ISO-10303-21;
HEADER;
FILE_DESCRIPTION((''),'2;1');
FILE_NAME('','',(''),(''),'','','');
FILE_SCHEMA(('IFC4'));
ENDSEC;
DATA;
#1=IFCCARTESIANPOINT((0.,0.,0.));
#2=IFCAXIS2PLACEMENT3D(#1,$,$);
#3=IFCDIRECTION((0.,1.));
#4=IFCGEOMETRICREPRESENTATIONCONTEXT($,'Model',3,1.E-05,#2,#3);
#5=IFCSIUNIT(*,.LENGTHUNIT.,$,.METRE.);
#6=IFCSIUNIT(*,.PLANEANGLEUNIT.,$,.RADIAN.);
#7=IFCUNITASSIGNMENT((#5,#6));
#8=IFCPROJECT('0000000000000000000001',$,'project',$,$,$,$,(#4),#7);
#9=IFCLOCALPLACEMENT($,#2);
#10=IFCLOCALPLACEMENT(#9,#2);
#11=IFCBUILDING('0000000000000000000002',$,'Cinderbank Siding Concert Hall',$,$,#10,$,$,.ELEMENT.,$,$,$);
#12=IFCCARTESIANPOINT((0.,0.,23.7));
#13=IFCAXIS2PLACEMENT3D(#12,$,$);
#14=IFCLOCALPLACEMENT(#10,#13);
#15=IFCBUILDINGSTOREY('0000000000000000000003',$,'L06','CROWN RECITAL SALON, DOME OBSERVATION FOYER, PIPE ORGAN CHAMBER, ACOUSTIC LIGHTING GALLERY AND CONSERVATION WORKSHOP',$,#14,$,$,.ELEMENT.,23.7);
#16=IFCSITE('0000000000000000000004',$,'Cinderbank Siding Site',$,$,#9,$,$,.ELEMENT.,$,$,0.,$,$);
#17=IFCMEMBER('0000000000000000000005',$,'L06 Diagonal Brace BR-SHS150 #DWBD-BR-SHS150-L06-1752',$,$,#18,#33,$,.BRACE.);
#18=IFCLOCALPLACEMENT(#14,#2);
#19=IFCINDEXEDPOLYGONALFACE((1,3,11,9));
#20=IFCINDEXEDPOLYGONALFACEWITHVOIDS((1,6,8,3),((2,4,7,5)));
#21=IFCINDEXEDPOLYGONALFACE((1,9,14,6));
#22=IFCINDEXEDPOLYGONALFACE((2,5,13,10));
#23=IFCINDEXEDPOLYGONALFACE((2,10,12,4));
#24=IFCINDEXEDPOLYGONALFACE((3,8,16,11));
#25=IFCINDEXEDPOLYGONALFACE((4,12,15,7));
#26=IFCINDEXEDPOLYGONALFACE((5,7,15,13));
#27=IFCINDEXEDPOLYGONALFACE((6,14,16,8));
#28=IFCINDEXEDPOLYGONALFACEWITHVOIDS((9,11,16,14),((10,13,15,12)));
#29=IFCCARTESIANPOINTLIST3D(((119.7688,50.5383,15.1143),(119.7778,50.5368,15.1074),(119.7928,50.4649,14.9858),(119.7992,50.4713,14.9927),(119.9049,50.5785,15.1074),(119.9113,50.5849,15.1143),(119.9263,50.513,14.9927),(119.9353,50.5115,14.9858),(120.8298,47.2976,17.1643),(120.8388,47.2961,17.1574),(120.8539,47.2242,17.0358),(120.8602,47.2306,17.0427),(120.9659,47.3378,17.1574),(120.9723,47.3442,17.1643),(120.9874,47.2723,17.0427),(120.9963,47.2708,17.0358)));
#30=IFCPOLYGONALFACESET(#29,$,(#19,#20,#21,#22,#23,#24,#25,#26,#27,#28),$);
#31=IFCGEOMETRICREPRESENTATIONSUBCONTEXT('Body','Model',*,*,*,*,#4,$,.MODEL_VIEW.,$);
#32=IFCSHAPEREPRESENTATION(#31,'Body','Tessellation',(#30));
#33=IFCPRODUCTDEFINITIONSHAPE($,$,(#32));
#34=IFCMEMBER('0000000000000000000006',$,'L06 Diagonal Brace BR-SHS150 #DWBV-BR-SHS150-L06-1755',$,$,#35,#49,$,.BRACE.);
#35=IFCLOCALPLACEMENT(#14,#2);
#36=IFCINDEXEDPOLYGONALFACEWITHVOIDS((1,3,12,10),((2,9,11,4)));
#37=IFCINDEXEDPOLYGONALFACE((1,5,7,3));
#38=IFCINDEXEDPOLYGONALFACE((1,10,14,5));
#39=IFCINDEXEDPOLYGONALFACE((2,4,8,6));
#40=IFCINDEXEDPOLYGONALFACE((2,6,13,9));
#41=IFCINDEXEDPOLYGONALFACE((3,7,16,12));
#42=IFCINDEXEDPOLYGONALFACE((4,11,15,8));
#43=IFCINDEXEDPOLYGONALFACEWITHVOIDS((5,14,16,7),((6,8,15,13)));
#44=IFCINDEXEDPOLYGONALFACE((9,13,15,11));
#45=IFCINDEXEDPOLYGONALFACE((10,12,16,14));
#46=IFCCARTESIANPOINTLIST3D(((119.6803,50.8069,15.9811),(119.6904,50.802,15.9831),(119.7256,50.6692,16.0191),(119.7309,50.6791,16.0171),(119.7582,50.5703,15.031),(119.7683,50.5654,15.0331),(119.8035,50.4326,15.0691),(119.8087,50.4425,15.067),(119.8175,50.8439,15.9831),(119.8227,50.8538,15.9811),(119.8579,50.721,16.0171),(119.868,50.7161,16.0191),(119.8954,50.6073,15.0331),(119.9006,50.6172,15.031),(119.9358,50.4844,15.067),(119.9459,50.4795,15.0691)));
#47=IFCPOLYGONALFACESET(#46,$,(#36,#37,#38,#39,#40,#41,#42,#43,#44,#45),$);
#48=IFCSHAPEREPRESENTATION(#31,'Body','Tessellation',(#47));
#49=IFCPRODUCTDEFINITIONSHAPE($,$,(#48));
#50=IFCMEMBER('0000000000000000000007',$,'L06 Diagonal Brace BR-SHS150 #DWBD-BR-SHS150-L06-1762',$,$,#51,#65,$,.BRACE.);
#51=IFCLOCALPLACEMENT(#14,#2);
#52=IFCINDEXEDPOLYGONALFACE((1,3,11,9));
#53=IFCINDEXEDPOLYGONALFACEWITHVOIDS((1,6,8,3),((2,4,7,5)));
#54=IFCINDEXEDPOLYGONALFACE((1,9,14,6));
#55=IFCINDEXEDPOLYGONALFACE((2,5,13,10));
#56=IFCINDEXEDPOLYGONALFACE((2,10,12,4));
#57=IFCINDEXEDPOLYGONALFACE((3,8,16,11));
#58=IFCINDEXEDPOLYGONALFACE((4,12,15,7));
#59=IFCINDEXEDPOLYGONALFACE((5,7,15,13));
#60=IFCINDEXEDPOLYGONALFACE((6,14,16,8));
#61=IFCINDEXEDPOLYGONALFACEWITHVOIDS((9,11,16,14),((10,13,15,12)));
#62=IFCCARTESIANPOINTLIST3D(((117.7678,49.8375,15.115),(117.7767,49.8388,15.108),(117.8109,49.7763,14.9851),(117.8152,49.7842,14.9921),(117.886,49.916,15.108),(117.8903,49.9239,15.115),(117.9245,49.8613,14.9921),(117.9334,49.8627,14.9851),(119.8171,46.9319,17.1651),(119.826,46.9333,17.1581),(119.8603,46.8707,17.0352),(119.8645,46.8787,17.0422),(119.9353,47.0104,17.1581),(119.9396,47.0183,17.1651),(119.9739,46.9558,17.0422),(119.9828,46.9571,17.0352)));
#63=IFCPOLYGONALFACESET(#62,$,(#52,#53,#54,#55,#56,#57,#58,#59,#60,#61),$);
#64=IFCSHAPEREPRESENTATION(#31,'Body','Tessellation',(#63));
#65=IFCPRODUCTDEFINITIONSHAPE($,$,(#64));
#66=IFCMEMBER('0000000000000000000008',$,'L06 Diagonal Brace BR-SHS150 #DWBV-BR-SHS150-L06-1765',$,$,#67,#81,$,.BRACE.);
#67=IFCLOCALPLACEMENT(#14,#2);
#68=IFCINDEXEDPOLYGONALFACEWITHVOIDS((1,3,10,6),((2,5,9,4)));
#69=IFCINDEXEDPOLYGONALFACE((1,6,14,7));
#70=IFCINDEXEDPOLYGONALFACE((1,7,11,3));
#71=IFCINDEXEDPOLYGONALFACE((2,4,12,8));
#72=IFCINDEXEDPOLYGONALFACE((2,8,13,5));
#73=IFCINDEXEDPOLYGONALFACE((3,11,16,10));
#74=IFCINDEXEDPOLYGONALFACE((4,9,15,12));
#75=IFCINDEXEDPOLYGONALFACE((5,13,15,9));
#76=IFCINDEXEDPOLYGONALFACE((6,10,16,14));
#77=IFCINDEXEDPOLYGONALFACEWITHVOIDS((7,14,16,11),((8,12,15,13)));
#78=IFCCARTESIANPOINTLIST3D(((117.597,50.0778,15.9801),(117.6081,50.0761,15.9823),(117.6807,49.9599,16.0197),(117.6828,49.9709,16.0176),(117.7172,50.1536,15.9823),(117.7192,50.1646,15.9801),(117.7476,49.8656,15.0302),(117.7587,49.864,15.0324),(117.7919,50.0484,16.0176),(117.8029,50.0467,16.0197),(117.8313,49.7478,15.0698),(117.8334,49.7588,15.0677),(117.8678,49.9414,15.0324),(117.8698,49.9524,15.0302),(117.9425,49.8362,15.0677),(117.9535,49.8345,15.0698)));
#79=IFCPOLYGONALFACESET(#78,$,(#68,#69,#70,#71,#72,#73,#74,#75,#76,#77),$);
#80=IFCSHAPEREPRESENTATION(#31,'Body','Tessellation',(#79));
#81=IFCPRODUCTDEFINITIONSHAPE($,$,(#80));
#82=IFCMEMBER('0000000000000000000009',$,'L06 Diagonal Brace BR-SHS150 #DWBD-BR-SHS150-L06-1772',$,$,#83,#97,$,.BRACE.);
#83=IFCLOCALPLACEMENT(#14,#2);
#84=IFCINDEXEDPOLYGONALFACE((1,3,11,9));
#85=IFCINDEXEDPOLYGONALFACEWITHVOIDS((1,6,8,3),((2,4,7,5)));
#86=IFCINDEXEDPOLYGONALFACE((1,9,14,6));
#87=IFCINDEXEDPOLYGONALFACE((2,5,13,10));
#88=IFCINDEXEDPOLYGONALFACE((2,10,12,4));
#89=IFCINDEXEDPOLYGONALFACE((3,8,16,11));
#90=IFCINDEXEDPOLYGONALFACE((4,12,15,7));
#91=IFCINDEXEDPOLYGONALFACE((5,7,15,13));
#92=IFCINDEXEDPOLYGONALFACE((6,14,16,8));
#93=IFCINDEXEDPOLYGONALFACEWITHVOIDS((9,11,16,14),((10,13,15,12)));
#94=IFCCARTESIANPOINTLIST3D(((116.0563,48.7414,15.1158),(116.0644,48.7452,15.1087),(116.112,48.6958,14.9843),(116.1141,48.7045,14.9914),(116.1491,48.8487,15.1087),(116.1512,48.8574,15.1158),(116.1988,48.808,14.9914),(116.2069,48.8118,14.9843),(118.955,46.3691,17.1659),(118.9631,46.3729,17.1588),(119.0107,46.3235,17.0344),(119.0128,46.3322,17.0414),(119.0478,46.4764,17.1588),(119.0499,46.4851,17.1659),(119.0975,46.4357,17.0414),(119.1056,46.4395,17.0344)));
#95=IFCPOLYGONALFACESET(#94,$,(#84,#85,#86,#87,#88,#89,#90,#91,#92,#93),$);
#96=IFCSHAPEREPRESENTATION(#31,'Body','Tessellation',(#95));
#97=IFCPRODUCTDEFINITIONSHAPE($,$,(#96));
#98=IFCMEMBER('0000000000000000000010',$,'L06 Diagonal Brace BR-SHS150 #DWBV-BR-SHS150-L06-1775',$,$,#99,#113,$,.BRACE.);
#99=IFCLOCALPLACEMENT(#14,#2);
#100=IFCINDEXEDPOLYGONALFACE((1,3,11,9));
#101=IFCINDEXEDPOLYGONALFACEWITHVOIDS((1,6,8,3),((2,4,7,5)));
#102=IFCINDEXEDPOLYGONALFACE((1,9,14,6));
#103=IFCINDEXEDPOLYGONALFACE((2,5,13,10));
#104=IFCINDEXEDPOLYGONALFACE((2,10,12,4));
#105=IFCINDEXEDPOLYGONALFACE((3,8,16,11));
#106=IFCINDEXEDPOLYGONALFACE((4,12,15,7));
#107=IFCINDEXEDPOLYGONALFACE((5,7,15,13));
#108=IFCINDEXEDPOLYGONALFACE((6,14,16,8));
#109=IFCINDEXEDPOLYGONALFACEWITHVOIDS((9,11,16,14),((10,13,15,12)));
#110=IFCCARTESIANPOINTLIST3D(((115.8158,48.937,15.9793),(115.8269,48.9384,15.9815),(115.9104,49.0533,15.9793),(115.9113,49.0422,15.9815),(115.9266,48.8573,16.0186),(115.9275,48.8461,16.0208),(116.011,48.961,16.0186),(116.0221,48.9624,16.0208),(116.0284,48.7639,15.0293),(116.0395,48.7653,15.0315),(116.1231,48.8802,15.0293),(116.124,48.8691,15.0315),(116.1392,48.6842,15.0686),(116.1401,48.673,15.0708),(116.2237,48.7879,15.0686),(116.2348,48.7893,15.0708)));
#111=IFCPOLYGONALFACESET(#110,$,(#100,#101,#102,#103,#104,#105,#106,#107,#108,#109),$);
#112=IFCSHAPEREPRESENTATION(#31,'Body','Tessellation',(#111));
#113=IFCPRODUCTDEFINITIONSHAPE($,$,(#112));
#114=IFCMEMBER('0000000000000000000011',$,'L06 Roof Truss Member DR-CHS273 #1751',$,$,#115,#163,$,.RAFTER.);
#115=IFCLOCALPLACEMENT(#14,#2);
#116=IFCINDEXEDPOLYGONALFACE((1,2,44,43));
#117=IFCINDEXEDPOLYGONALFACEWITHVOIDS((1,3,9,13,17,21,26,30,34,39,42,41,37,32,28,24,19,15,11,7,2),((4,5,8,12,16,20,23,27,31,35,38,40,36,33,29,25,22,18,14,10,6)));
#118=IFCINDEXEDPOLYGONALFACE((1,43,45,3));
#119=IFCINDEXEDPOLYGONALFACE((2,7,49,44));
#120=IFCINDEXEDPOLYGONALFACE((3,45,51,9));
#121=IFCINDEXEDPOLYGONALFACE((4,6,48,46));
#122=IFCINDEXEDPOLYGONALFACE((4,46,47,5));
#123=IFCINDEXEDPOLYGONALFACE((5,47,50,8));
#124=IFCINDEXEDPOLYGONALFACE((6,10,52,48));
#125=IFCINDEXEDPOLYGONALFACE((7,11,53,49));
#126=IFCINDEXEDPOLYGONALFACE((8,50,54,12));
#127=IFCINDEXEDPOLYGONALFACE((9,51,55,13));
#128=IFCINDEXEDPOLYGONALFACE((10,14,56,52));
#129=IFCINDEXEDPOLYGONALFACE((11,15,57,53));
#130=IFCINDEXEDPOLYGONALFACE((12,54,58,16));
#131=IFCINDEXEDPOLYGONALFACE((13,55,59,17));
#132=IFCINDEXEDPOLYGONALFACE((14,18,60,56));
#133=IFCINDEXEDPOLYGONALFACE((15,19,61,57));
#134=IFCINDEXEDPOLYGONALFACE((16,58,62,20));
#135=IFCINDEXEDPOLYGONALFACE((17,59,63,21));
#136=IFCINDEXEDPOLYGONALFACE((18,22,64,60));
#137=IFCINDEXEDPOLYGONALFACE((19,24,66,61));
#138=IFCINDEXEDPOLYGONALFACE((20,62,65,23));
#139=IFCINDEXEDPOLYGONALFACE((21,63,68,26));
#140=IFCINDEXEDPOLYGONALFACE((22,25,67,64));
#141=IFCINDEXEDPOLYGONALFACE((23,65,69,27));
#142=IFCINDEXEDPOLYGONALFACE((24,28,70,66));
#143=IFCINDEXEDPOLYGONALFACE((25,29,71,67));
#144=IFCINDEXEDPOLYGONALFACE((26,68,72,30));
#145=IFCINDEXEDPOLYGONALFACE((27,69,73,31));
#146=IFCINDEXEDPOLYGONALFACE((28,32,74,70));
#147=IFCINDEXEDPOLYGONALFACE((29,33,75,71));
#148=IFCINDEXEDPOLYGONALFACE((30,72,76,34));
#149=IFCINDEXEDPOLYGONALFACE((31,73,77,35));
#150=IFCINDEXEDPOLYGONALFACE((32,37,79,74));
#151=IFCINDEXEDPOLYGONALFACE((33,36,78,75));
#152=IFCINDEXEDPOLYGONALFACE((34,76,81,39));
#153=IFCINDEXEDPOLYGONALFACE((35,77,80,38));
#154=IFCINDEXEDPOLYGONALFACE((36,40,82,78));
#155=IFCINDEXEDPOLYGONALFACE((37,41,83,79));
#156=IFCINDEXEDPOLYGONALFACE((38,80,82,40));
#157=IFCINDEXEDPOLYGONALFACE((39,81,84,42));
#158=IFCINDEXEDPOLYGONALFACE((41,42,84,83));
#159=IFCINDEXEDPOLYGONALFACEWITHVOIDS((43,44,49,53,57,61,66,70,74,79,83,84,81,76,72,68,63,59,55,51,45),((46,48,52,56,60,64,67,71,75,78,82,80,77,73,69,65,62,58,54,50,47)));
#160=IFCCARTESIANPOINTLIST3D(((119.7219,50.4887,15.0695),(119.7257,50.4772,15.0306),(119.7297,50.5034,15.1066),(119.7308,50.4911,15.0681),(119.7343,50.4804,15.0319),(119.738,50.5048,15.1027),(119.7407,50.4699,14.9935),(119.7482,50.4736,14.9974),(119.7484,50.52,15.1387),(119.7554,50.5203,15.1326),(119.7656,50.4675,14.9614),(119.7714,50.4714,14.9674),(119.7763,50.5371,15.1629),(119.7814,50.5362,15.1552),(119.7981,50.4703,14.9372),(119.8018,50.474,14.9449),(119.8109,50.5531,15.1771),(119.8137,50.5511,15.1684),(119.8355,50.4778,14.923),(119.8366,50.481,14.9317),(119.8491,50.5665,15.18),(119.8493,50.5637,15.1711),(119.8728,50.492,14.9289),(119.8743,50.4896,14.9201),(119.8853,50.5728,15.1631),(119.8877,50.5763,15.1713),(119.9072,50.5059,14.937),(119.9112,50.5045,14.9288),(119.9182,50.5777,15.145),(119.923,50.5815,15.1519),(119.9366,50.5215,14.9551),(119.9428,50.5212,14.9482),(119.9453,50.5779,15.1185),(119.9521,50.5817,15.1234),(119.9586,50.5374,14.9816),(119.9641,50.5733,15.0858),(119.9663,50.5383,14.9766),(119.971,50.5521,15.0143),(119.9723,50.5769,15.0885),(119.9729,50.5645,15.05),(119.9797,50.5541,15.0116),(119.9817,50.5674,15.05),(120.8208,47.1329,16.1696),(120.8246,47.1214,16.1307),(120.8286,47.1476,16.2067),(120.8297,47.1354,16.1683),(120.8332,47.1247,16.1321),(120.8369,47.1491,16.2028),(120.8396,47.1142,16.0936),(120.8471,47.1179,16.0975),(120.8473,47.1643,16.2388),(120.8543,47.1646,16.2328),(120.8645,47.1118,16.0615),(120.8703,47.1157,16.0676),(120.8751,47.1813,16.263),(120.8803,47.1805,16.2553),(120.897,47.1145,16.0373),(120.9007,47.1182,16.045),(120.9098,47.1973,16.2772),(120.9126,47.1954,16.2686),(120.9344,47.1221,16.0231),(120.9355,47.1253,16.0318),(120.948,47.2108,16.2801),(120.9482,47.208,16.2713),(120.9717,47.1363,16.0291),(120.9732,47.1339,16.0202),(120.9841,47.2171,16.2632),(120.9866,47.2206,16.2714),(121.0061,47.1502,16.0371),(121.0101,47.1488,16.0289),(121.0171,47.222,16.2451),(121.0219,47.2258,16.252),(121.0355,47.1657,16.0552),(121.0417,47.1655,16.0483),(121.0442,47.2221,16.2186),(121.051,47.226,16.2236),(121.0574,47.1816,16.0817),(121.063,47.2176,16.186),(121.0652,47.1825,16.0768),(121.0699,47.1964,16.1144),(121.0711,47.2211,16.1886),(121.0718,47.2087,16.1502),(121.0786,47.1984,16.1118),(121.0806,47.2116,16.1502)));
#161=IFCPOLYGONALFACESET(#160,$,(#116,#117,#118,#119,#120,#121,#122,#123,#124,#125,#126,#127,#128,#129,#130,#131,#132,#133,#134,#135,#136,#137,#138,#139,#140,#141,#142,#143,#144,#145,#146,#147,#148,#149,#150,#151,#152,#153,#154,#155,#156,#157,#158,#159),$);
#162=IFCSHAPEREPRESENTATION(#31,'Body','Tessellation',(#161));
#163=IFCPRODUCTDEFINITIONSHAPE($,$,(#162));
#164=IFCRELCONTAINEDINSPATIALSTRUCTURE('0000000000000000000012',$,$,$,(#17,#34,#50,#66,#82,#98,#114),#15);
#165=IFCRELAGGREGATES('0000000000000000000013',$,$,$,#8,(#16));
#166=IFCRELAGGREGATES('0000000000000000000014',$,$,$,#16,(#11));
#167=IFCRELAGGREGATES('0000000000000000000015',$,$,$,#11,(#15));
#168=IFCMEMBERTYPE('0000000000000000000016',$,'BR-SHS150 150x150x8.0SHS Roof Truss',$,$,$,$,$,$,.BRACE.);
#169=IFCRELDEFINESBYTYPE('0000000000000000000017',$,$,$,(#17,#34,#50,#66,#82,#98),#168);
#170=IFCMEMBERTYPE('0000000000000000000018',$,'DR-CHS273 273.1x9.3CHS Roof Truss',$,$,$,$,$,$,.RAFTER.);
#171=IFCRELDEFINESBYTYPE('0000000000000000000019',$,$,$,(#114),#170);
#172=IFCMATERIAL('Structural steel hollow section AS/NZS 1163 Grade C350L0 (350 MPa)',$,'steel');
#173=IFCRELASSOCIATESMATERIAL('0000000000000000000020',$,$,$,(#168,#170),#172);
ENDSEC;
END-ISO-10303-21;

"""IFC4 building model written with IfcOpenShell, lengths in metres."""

from ifc_helpers import new_model, si_unit, direction, frame, origin, origin_2d, place, context, subcontext, project, spatial, hollow_rectangle, hollow_circle, extrude, material, material_profile, profile_set, type_object, element, save


model = new_model("IFC4")

# Units and contexts
model_context = context("Model", 3, precision=1e-05, world=origin(), true_north=direction((0.0, 1.0)))
body_context = subcontext(model_context, "Body", "Model", "MODEL_VIEW")
ifc_project = project(units=[si_unit("LENGTHUNIT", "METRE"), si_unit("PLANEANGLEUNIT", "RADIAN")], contexts=[model_context])

# Site, building, storey
site_placement = place(None, origin())
site = spatial("IfcSite", under=ifc_project, at=site_placement, Name="Cinderbank Siding Site", CompositionType="ELEMENT", RefElevation=0.0)
building_placement = place(site_placement, origin())
building = spatial("IfcBuilding", under=site, at=building_placement, Name="Cinderbank Siding Concert Hall", CompositionType="ELEMENT")
storey_placement = place(building_placement, frame((0.0, 0.0, 23.7)))
storey = spatial("IfcBuildingStorey", under=building, at=storey_placement, Name="L06", Description="CROWN RECITAL SALON, DOME OBSERVATION FOYER, PIPE ORGAN CHAMBER, ACOUSTIC LIGHTING GALLERY AND CONSERVATION WORKSHOP", CompositionType="ELEMENT", Elevation=23.7)

# Members
ifc_material_1 = material(Name="Structural steel hollow section AS/NZS 1163 Grade C350L0 (350 MPa)", Category="steel")
ifc_material_profile_1 = material_profile(ifc_material_1, hollow_rectangle(XDim=0.1499, YDim=0.1499, WallThickness=0.0081, at=origin_2d()), Name="150x150x8.0SHS", Category="LoadBearing")
ifc_profile_set_1 = profile_set([ifc_material_profile_1], Name="Structural steel hollow section AS/NZS 1163 Grade C350L0 (350 MPa)")
member_type_1 = type_object("IfcMemberType", Name="BR-SHS150 150x150x8.0SHS Roof Truss", PredefinedType="BRACE", material=ifc_profile_set_1)
member_1_placement = place(storey_placement, frame((119.8521, 50.5249, 15.05), z_axis=(0.266673, -0.814499, 0.515244), x_axis=(0.950359, 0.311154, 0.0)))
element("IfcMember", 1, at=member_1_placement, inside=storey, type_object=member_type_1, Name="L06 Diagonal Brace BR-SHS150 #DWBD-BR-SHS150-L06-1752", PredefinedType="BRACE", context=body_context, shape_type="SweptSolid", body=[
    extrude(hollow_rectangle(XDim=0.1499, YDim=0.1499, WallThickness=0.0081, at=origin_2d()), origin(), (0.0, 0.0, 1.0), 3.9788),
])
member_2_placement = place(storey_placement, frame((119.8521, 50.5249, 15.05), z_axis=(-0.079304, 0.240894, 0.967306), x_axis=(-0.949853, -0.312697, 0.0)))
element("IfcMember", 2, at=member_2_placement, inside=storey, type_object=member_type_1, Name="L06 Diagonal Brace BR-SHS150 #DWBV-BR-SHS150-L06-1755", PredefinedType="BRACE", context=body_context, shape_type="SweptSolid", body=[
    extrude(hollow_rectangle(XDim=0.1499, YDim=0.1499, WallThickness=0.0081, at=origin_2d()), origin(), (0.0, 0.0, 1.0), 0.9822),
])
member_3_placement = place(storey_placement, frame((117.8506, 49.8501, 15.05), z_axis=(0.499322, -0.707938, 0.499501), x_axis=(0.817185, 0.576376, 0.0)))
element("IfcMember", 3, at=member_3_placement, inside=storey, type_object=member_type_1, Name="L06 Diagonal Brace BR-SHS150 #DWBD-BR-SHS150-L06-1762", PredefinedType="BRACE", context=body_context, shape_type="SweptSolid", body=[
    extrude(hollow_rectangle(XDim=0.1499, YDim=0.1499, WallThickness=0.0081, at=origin_2d()), origin(), (0.0, 0.0, 1.0), 4.1042),
])
member_4_placement = place(storey_placement, frame((117.8506, 49.8501, 15.05), z_axis=(-0.152938, 0.215402, 0.964475), x_axis=(-0.815379, -0.578928, 0.0)))
element("IfcMember", 4, at=member_4_placement, inside=storey, type_object=member_type_1, Name="L06 Diagonal Brace BR-SHS150 #DWBV-BR-SHS150-L06-1765", PredefinedType="BRACE", context=body_context, shape_type="SweptSolid", body=[
    extrude(hollow_rectangle(XDim=0.1499, YDim=0.1499, WallThickness=0.0081, at=origin_2d()), origin(), (0.0, 0.0, 1.0), 0.9849),
])
member_5_placement = place(storey_placement, frame((116.1316, 48.7766, 15.05), z_axis=(0.678848, -0.555577, 0.480105), x_axis=(0.633344, 0.77387, 0.0)))
element("IfcMember", 5, at=member_5_placement, inside=storey, type_object=member_type_1, Name="L06 Diagonal Brace BR-SHS150 #DWBD-BR-SHS150-L06-1772", PredefinedType="BRACE", context=body_context, shape_type="SweptSolid", body=[
    extrude(hollow_rectangle(XDim=0.1499, YDim=0.1499, WallThickness=0.0081, at=origin_2d()), origin(), (0.0, 0.0, 1.0), 4.27),
])
member_6_placement = place(storey_placement, frame((116.1316, 48.7766, 15.05), z_axis=(-0.21507, 0.175069, 0.960779), x_axis=(-0.631296, -0.775542, 0.0)))
element("IfcMember", 6, at=member_6_placement, inside=storey, type_object=member_type_1, Name="L06 Diagonal Brace BR-SHS150 #DWBV-BR-SHS150-L06-1775", PredefinedType="BRACE", context=body_context, shape_type="SweptSolid", body=[
    extrude(hollow_rectangle(XDim=0.1499, YDim=0.1499, WallThickness=0.0081, at=origin_2d()), origin(), (0.0, 0.0, 1.0), 0.9888),
])
ifc_material_profile_2 = material_profile(ifc_material_1, hollow_circle(Radius=0.1365, WallThickness=0.0093, at=origin_2d()), Name="273.1x9.3CHS", Category="LoadBearing")
ifc_profile_set_2 = profile_set([ifc_material_profile_2], Name="Structural steel hollow section AS/NZS 1163 Grade C350L0 (350 MPa)")
member_type_2 = type_object("IfcMemberType", Name="DR-CHS273 273.1x9.3CHS Roof Truss", PredefinedType="RAFTER", material=ifc_profile_set_2)
member_7_placement = place(storey_placement, frame((119.8521, 50.5249, 15.05), z_axis=(0.297118, -0.907329, 0.297448), x_axis=(0.950343, 0.311204, 0.0)))
element("IfcMember", 7, at=member_7_placement, inside=storey, type_object=member_type_2, Name="L06 Roof Truss Member DR-CHS273 #1751", PredefinedType="RAFTER", context=body_context, shape_type="SweptSolid", body=[
    extrude(hollow_circle(Radius=0.1365, WallThickness=0.0093, at=origin_2d()), origin(), (0.0, 0.0, 1.0), 3.6985),
])

save(model, "model.ifc")
